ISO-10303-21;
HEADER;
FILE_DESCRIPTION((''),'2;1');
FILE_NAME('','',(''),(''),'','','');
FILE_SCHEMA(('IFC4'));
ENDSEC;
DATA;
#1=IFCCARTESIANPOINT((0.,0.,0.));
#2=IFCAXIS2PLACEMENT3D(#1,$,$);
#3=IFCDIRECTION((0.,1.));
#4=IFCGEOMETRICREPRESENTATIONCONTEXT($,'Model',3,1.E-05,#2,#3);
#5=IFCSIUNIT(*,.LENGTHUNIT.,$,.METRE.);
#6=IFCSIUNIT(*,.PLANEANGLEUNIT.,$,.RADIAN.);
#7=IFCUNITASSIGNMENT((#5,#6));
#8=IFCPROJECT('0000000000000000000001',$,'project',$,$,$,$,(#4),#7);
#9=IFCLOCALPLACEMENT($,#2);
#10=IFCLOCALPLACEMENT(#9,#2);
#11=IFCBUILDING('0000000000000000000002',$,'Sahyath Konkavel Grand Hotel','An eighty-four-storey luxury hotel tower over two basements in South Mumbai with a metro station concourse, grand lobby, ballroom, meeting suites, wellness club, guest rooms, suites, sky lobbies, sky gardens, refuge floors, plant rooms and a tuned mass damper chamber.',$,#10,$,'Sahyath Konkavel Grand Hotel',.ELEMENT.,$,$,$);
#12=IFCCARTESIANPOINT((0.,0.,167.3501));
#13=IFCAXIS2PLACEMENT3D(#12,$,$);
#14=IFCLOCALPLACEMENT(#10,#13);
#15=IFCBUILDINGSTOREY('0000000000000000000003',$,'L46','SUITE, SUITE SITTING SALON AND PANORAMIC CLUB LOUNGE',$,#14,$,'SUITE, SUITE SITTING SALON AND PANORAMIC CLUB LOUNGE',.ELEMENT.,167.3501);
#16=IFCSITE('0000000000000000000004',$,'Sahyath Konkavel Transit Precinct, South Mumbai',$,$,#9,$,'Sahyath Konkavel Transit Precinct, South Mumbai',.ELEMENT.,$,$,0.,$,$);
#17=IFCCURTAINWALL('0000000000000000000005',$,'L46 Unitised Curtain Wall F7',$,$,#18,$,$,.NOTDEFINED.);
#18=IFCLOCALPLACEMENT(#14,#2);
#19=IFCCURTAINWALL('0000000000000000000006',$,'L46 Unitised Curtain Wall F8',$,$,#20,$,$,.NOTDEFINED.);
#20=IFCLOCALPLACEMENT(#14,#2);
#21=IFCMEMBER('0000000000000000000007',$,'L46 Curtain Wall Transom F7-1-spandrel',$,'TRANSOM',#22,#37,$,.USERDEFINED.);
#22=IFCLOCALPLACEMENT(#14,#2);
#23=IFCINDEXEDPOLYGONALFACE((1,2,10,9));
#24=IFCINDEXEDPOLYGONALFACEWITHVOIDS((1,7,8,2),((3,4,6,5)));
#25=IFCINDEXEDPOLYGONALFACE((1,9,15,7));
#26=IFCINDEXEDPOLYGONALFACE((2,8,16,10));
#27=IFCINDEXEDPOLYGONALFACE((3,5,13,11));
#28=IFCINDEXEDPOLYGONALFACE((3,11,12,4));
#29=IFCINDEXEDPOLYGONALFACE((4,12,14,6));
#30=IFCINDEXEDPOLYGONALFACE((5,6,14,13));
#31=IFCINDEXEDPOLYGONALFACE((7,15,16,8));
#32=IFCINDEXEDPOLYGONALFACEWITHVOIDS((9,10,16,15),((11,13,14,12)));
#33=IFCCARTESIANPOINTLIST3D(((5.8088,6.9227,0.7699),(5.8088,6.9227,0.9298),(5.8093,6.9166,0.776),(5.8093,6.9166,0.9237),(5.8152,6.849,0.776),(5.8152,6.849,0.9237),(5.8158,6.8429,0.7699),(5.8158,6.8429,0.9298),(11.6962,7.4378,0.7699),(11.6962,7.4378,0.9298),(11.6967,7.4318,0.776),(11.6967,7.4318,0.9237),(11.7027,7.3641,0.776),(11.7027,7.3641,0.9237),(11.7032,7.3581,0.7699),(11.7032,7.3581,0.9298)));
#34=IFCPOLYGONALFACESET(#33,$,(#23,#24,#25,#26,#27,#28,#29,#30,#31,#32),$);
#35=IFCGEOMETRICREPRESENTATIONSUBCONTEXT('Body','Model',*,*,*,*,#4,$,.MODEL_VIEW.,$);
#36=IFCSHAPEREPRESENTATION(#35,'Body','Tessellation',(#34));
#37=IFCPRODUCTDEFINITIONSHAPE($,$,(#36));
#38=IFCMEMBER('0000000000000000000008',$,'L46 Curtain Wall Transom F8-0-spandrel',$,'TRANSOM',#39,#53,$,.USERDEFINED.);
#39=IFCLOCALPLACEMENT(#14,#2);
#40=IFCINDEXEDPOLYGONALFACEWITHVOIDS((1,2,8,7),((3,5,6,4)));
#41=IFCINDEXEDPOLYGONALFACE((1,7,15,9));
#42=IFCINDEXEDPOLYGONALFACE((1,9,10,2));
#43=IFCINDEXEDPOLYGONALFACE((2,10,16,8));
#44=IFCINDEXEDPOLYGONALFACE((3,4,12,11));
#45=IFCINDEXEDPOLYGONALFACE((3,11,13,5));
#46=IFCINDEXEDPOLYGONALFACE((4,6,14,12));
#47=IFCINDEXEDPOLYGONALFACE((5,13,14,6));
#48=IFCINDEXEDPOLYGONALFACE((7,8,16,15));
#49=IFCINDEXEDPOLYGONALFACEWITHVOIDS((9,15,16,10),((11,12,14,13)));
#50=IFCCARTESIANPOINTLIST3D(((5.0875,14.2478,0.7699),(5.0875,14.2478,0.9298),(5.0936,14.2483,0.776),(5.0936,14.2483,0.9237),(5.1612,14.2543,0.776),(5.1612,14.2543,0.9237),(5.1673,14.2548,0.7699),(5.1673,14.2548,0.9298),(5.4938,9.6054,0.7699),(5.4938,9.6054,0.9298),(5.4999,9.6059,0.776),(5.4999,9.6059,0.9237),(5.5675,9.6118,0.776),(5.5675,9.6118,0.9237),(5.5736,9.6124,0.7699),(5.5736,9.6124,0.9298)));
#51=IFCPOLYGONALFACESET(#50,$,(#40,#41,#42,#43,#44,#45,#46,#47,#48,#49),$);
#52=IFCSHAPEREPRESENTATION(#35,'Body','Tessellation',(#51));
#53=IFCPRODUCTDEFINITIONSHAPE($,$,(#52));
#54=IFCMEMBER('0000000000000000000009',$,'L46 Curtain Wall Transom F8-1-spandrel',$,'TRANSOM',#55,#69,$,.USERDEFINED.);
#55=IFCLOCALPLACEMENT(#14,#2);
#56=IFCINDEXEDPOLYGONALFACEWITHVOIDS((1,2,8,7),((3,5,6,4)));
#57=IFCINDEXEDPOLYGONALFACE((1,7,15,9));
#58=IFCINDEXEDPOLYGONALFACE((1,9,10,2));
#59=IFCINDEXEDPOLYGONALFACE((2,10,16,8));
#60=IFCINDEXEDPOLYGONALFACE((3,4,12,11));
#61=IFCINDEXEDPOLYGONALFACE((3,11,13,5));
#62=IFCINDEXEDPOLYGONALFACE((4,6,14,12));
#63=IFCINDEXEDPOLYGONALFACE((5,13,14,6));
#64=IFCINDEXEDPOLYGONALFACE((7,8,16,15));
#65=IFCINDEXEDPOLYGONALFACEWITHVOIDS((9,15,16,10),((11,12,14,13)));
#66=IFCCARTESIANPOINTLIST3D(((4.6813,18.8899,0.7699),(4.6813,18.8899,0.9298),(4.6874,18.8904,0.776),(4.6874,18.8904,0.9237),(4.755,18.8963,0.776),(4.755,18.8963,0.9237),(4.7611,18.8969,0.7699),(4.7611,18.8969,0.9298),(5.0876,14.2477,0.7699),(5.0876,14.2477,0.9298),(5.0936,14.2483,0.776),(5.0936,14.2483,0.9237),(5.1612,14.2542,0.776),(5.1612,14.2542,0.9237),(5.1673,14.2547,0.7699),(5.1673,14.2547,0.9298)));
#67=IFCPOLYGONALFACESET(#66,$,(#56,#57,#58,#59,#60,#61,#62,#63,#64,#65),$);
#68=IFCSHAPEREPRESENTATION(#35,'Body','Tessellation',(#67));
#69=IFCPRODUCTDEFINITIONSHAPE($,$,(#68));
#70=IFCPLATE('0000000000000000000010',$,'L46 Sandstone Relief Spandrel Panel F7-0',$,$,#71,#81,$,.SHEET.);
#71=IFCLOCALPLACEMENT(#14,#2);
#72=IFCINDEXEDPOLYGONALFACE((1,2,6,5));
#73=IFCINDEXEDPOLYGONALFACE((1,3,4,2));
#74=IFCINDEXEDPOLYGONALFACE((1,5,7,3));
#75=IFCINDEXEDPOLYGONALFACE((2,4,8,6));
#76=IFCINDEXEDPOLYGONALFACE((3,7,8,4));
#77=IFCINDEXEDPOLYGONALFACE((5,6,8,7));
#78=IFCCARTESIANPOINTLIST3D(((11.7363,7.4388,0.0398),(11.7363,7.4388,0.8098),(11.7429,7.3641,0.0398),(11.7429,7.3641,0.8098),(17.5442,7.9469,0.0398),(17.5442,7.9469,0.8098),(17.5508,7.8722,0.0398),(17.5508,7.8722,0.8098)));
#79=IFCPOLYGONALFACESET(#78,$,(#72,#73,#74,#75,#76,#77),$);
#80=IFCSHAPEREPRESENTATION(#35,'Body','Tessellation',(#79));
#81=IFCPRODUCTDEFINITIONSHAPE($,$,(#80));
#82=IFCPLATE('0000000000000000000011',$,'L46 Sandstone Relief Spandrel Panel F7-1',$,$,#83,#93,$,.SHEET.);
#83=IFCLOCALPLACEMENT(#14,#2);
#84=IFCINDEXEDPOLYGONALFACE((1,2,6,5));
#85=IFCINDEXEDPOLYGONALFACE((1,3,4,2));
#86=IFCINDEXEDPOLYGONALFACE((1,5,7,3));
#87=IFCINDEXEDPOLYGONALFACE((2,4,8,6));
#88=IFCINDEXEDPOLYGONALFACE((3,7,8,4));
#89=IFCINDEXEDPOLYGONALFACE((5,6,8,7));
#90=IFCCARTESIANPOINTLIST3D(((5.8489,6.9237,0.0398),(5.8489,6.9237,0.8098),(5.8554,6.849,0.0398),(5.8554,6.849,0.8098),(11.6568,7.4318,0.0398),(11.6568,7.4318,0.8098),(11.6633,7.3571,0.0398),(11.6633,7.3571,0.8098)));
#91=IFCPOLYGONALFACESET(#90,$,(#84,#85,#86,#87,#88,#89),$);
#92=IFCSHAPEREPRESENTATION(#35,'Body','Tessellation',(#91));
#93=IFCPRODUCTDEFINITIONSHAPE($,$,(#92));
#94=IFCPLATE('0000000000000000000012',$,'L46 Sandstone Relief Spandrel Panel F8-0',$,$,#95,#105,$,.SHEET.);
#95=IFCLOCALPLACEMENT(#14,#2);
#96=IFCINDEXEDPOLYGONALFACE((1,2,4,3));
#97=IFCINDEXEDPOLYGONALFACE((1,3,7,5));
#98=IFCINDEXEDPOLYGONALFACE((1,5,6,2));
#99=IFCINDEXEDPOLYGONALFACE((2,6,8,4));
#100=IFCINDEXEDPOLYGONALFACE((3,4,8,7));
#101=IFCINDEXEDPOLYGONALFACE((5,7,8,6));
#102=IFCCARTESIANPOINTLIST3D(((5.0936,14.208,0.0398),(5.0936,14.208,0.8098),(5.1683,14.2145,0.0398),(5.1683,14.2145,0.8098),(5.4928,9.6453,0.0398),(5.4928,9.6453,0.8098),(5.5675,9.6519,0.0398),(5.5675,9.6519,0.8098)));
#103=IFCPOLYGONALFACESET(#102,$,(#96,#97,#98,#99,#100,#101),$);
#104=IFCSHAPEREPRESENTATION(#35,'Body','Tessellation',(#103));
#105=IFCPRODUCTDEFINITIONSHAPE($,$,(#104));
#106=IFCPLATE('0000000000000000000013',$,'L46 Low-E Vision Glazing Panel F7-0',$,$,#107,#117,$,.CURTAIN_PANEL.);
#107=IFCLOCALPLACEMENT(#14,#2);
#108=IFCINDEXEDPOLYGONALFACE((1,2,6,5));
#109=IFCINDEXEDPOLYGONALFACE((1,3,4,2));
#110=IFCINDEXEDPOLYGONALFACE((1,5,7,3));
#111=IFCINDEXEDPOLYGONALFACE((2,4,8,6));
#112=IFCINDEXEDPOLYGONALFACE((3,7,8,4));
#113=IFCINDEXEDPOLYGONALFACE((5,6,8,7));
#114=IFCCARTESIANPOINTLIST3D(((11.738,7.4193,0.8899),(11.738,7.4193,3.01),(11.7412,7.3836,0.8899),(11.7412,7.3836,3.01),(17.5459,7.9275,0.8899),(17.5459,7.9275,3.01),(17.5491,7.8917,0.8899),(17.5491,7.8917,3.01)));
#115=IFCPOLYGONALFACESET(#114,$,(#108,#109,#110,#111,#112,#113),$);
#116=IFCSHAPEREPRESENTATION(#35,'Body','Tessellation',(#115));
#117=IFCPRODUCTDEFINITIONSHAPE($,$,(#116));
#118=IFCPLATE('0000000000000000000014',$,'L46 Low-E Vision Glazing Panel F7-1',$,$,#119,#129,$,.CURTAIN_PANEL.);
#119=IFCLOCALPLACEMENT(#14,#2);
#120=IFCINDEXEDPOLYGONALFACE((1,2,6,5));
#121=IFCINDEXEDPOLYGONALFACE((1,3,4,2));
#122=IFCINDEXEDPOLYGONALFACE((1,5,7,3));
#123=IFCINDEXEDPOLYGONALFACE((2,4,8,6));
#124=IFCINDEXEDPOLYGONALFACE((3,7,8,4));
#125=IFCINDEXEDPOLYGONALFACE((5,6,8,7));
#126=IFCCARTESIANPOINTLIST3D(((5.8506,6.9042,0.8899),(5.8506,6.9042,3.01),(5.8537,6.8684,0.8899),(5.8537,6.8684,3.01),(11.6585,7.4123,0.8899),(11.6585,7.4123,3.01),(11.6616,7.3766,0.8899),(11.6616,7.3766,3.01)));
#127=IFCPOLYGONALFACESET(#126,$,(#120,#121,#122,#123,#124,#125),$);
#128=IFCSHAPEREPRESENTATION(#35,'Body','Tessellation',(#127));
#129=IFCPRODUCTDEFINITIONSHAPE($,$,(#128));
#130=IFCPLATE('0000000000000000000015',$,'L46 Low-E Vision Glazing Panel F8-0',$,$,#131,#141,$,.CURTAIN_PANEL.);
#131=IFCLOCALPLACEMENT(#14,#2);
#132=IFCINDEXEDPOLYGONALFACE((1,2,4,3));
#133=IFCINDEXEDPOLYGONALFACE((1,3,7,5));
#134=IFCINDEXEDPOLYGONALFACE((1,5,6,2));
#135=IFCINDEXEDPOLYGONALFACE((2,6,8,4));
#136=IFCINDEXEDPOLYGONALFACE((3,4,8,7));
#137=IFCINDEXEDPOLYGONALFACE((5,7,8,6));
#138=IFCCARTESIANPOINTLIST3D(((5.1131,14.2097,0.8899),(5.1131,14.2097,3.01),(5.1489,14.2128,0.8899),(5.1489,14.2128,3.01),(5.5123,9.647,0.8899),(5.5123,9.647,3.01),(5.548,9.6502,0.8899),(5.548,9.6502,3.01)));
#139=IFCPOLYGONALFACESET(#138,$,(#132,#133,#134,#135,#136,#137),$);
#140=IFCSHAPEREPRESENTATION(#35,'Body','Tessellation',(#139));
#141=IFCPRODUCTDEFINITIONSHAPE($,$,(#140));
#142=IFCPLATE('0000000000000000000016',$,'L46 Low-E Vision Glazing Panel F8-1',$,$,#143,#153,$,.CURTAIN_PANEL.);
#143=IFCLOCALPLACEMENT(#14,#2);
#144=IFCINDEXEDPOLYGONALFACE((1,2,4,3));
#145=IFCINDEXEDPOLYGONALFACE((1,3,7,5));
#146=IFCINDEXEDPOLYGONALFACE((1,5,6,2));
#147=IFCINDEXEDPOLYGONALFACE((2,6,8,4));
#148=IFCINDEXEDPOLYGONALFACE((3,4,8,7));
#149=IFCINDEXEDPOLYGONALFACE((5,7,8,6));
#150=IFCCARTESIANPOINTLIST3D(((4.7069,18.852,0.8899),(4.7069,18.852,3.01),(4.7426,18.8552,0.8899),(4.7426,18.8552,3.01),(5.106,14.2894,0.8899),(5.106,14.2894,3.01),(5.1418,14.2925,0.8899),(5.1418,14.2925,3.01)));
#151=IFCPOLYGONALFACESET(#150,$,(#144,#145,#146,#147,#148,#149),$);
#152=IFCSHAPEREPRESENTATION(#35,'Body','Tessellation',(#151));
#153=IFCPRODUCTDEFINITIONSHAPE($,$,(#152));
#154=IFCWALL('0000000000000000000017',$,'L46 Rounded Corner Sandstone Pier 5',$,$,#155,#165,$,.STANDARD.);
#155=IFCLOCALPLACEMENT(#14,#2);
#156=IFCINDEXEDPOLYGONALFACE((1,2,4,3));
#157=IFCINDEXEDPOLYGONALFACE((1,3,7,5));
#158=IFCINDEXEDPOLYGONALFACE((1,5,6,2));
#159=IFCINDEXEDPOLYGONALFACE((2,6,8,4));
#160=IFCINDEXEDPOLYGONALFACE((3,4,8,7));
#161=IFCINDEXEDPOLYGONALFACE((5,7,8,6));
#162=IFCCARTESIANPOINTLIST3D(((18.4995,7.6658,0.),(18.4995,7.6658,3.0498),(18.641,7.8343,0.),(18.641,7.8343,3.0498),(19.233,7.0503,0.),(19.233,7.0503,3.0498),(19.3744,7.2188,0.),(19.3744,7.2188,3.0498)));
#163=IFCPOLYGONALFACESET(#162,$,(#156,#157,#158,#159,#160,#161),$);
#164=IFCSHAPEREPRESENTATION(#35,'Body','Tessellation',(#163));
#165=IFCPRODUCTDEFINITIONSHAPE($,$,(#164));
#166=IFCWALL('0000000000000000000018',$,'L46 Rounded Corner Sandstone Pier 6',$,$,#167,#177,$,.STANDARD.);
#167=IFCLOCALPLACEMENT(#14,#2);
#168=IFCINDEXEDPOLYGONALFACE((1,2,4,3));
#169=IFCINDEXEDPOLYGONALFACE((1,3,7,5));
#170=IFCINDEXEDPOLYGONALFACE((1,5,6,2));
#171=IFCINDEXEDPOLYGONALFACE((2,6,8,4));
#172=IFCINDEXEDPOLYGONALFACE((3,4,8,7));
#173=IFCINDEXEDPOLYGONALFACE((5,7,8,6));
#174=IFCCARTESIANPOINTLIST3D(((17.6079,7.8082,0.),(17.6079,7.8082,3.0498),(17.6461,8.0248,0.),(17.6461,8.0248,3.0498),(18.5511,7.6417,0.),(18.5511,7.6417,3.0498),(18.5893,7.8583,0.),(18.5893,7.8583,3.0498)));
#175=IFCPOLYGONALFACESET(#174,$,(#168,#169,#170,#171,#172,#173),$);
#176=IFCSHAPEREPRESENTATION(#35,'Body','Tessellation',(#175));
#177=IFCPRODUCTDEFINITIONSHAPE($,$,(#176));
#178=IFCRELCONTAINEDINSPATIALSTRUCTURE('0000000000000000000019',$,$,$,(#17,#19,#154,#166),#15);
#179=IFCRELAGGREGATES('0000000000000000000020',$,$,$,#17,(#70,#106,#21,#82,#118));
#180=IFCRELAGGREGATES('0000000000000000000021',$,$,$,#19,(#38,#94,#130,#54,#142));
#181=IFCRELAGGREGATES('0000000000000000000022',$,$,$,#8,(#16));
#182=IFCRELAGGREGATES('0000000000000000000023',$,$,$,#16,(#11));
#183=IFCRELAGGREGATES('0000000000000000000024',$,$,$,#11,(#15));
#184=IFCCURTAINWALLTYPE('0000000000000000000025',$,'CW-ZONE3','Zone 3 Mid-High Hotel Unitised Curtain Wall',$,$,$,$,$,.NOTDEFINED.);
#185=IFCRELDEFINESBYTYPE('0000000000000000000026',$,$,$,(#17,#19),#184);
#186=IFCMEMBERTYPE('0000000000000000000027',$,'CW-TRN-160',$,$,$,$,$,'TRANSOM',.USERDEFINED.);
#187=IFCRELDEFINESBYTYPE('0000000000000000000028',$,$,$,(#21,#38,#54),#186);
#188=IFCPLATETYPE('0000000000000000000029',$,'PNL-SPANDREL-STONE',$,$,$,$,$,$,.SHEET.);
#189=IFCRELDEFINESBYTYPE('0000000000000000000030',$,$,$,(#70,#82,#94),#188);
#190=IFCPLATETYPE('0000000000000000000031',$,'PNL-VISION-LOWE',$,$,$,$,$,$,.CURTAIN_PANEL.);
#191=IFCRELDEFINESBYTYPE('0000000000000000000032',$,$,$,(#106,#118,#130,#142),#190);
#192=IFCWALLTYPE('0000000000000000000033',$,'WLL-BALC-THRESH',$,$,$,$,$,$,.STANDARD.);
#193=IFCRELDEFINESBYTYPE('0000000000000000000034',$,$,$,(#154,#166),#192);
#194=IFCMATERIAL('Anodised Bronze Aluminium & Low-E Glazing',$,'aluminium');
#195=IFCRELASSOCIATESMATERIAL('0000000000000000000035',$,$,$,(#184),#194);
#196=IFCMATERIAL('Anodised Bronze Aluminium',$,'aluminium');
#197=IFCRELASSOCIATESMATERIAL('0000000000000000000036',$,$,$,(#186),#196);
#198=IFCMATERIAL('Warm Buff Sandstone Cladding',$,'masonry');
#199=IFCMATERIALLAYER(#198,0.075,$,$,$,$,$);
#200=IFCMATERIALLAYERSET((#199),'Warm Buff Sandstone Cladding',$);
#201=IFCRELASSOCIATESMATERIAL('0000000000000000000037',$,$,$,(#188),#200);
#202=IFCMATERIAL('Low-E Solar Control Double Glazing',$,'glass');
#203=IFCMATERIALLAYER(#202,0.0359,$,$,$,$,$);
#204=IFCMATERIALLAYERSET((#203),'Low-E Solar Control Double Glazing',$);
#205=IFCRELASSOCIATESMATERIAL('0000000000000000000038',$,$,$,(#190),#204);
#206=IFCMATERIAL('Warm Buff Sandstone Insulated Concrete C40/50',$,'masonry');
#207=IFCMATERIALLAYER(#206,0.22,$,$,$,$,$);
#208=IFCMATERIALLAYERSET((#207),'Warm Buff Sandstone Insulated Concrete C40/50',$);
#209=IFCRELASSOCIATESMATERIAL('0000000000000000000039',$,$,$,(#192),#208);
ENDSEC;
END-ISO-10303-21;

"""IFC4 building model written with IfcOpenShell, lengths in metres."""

from ifc_helpers import new_model, si_unit, direction, frame, frame_2d, origin, origin_2d, place, context, subcontext, project, spatial, rectangle, hollow_rectangle, extrude, source, transform, mapped, material, layer, layer_set, material_profile, profile_set, type_object, element, aggregate, save


model = new_model("IFC4")

# Units and contexts
model_context = context("Model", 3, precision=1e-05, world=origin(), true_north=direction((0.0, 1.0)))
body_context = subcontext(model_context, "Body", "Model", "MODEL_VIEW")
ifc_project = project(units=[si_unit("LENGTHUNIT", "METRE"), si_unit("PLANEANGLEUNIT", "RADIAN")], contexts=[model_context])

# Site, building, storey
site_placement = place(None, origin())
site = spatial("IfcSite", under=ifc_project, at=site_placement, Name="Sahyath Konkavel Transit Precinct, South Mumbai", LongName="Sahyath Konkavel Transit Precinct, South Mumbai", CompositionType="ELEMENT", RefElevation=0.0)
building_placement = place(site_placement, origin())
building = spatial("IfcBuilding", under=site, at=building_placement, Name="Sahyath Konkavel Grand Hotel", Description="An eighty-four-storey luxury hotel tower over two basements in South Mumbai with a metro station concourse, grand lobby, ballroom, meeting suites, wellness club, guest rooms, suites, sky lobbies, sky gardens, refuge floors, plant rooms and a tuned mass damper chamber.", LongName="Sahyath Konkavel Grand Hotel", CompositionType="ELEMENT")
storey_placement = place(building_placement, frame((0.0, 0.0, 167.3501)))
storey = spatial("IfcBuildingStorey", under=building, at=storey_placement, Name="L46", Description="SUITE, SUITE SITTING SALON AND PANORAMIC CLUB LOUNGE", LongName="SUITE, SUITE SITTING SALON AND PANORAMIC CLUB LOUNGE", CompositionType="ELEMENT", Elevation=167.3501)

# Shared definitions
ifc_material_1 = material(Name="Anodised Bronze Aluminium & Low-E Glazing", Category="aluminium")
curtain_wall_type = type_object("IfcCurtainWallType", Name="CW-ZONE3", Description="Zone 3 Mid-High Hotel Unitised Curtain Wall", PredefinedType="NOTDEFINED", material=ifc_material_1)
ifc_material_2 = material(Name="Anodised Bronze Aluminium", Category="aluminium")

# Curtain walls
curtain_wall_1_placement = place(storey_placement, origin())
curtain_wall_1 = element("IfcCurtainWall", 1, at=curtain_wall_1_placement, inside=storey, type_object=curtain_wall_type, Name="L46 Unitised Curtain Wall F7", PredefinedType="NOTDEFINED")
curtain_wall_2_placement = place(storey_placement, origin())
curtain_wall_2 = element("IfcCurtainWall", 2, at=curtain_wall_2_placement, inside=storey, type_object=curtain_wall_type, Name="L46 Unitised Curtain Wall F8", PredefinedType="NOTDEFINED")

# Members
ifc_material_profile_1 = material_profile(ifc_material_2, hollow_rectangle(XDim=0.0801, YDim=0.1599, WallThickness=0.0061, at=origin_2d()), Name="RHS 160x80x6")
ifc_profile_set_1 = profile_set([ifc_material_profile_1], Name="Anodised Bronze Aluminium")
member_type_1 = type_object("IfcMemberType", Name="CW-TRN-160", ElementType="TRANSOM", PredefinedType="USERDEFINED", material=ifc_profile_set_1)
shared_shape_1 = source(origin(), body_context, "Body", "SweptSolid", [
    extrude(hollow_rectangle(XDim=0.0801, YDim=0.1599, WallThickness=0.0061, at=origin_2d()), origin(), (0.0, 0.0, 1.0), 5.9099),
])
member_1_placement = place(storey_placement, frame((11.6997, 7.3979, 0.8499), z_axis=(-0.996194, -0.087164, 0.0), x_axis=(0.087164, -0.996194, 0.0)))
member_1 = element("IfcMember", 3, at=member_1_placement, type_object=member_type_1, Name="L46 Curtain Wall Transom F7-1-spandrel", ObjectType="TRANSOM", PredefinedType="USERDEFINED", context=body_context, shape_type="MappedRepresentation", body=[
    mapped(shared_shape_1, transform((0.0, 0.0, 0.0), scale=1.0)),
])
shared_shape_2 = source(origin(), body_context, "Body", "SweptSolid", [
    extrude(hollow_rectangle(XDim=0.0801, YDim=0.1599, WallThickness=0.0061, at=origin_2d()), origin(), (0.0, 0.0, 1.0), 4.6602),
])
member_2_placement = place(storey_placement, frame((5.5337, 9.6089, 0.8499), z_axis=(-0.087177, 0.996193, 0.0), x_axis=(-0.996193, -0.087177, 0.0)))
member_2 = element("IfcMember", 4, at=member_2_placement, type_object=member_type_1, Name="L46 Curtain Wall Transom F8-0-spandrel", ObjectType="TRANSOM", PredefinedType="USERDEFINED", context=body_context, shape_type="MappedRepresentation", body=[
    mapped(shared_shape_2, transform((0.0, 0.0, 0.0), scale=1.0)),
])
shared_shape_3 = source(origin(), body_context, "Body", "SweptSolid", [
    extrude(hollow_rectangle(XDim=0.0801, YDim=0.1599, WallThickness=0.0061, at=origin_2d()), origin(), (0.0, 0.0, 1.0), 4.6599),
])
member_3_placement = place(storey_placement, frame((5.1274, 14.2512, 0.8499), z_axis=(-0.087181, 0.996192, 0.0), x_axis=(-0.996192, -0.087181, 0.0)))
member_3 = element("IfcMember", 5, at=member_3_placement, type_object=member_type_1, Name="L46 Curtain Wall Transom F8-1-spandrel", ObjectType="TRANSOM", PredefinedType="USERDEFINED", context=body_context, shape_type="MappedRepresentation", body=[
    mapped(shared_shape_3, transform((0.0, 0.0, 0.0), scale=1.0)),
])

# Plates
ifc_material_3 = material(Name="Warm Buff Sandstone Cladding", Category="masonry")
ifc_layer_1 = layer(ifc_material_3, 0.075)
ifc_layer_set_1 = layer_set([ifc_layer_1], Name="Warm Buff Sandstone Cladding")
plate_type_1 = type_object("IfcPlateType", Name="PNL-SPANDREL-STONE", PredefinedType="SHEET", material=ifc_layer_set_1)
shared_shape_4 = source(origin(), body_context, "Body", "SweptSolid", [
    extrude(rectangle(XDim=5.8301, YDim=0.075, at=origin_2d()), origin(), (0.0, 0.0, 1.0), 0.77),
])
plate_1_placement = place(storey_placement, frame((14.6436, 7.6555, 0.0398), z_axis=(0.0, 0.0, 1.0), x_axis=(-0.996195, -0.087156, 0.0)))
plate_1 = element("IfcPlate", 6, at=plate_1_placement, type_object=plate_type_1, Name="L46 Sandstone Relief Spandrel Panel F7-0", PredefinedType="SHEET", context=body_context, shape_type="MappedRepresentation", body=[
    mapped(shared_shape_4, transform((0.0, 0.0, 0.0), scale=1.0)),
])
plate_2_placement = place(storey_placement, frame((8.7561, 7.1404, 0.0398), z_axis=(0.0, 0.0, 1.0), x_axis=(-0.996195, -0.087156, 0.0)))
plate_2 = element("IfcPlate", 7, at=plate_2_placement, type_object=plate_type_1, Name="L46 Sandstone Relief Spandrel Panel F7-1", PredefinedType="SHEET", context=body_context, shape_type="MappedRepresentation", body=[
    mapped(shared_shape_4, transform((0.0, 0.0, 0.0), scale=1.0)),
])
shared_shape_5 = source(origin(), body_context, "Body", "SweptSolid", [
    extrude(rectangle(XDim=4.5801, YDim=0.075, at=origin_2d()), origin(), (0.0, 0.0, 1.0), 0.77),
])
plate_3_placement = place(storey_placement, frame((5.3306, 11.9299, 0.0398), z_axis=(0.0, 0.0, 1.0), x_axis=(-0.087156, 0.996195, 0.0)))
plate_3 = element("IfcPlate", 8, at=plate_3_placement, type_object=plate_type_1, Name="L46 Sandstone Relief Spandrel Panel F8-0", PredefinedType="SHEET", context=body_context, shape_type="MappedRepresentation", body=[
    mapped(shared_shape_5, transform((0.0, 0.0, 0.0), scale=1.0)),
])
ifc_material_4 = material(Name="Low-E Solar Control Double Glazing", Category="glass")
ifc_layer_2 = layer(ifc_material_4, 0.0359)
ifc_layer_set_2 = layer_set([ifc_layer_2], Name="Low-E Solar Control Double Glazing")
plate_type_2 = type_object("IfcPlateType", Name="PNL-VISION-LOWE", PredefinedType="CURTAIN_PANEL", material=ifc_layer_set_2)
shared_shape_6 = source(origin(), body_context, "Body", "SweptSolid", [
    extrude(rectangle(XDim=5.8301, YDim=0.0359, at=origin_2d()), origin(), (0.0, 0.0, 1.0), 2.1201),
])
plate_4_placement = place(storey_placement, frame((14.6436, 7.6555, 0.8899), z_axis=(0.0, 0.0, 1.0), x_axis=(-0.996195, -0.087156, 0.0)))
plate_4 = element("IfcPlate", 9, at=plate_4_placement, type_object=plate_type_2, Name="L46 Low-E Vision Glazing Panel F7-0", PredefinedType="CURTAIN_PANEL", context=body_context, shape_type="MappedRepresentation", body=[
    mapped(shared_shape_6, transform((0.0, 0.0, 0.0), scale=1.0)),
])
plate_5_placement = place(storey_placement, frame((8.7561, 7.1404, 0.8899), z_axis=(0.0, 0.0, 1.0), x_axis=(-0.996195, -0.087156, 0.0)))
plate_5 = element("IfcPlate", 10, at=plate_5_placement, type_object=plate_type_2, Name="L46 Low-E Vision Glazing Panel F7-1", PredefinedType="CURTAIN_PANEL", context=body_context, shape_type="MappedRepresentation", body=[
    mapped(shared_shape_6, transform((0.0, 0.0, 0.0), scale=1.0)),
])
aggregate(curtain_wall_1, [plate_1, plate_4, member_1, plate_2, plate_5])
shared_shape_7 = source(origin(), body_context, "Body", "SweptSolid", [
    extrude(rectangle(XDim=4.5801, YDim=0.0359, at=origin_2d()), origin(), (0.0, 0.0, 1.0), 2.1201),
])
plate_6_placement = place(storey_placement, frame((5.3306, 11.9299, 0.8899), z_axis=(0.0, 0.0, 1.0), x_axis=(-0.087156, 0.996195, 0.0)))
plate_6 = element("IfcPlate", 11, at=plate_6_placement, type_object=plate_type_2, Name="L46 Low-E Vision Glazing Panel F8-0", PredefinedType="CURTAIN_PANEL", context=body_context, shape_type="MappedRepresentation", body=[
    mapped(shared_shape_7, transform((0.0, 0.0, 0.0), scale=1.0)),
])
plate_7_placement = place(storey_placement, frame((4.9243, 16.5723, 0.8899), z_axis=(0.0, 0.0, 1.0), x_axis=(-0.087156, 0.996195, 0.0)))
plate_7 = element("IfcPlate", 12, at=plate_7_placement, type_object=plate_type_2, Name="L46 Low-E Vision Glazing Panel F8-1", PredefinedType="CURTAIN_PANEL", context=body_context, shape_type="MappedRepresentation", body=[
    mapped(shared_shape_7, transform((0.0, 0.0, 0.0), scale=1.0)),
])
aggregate(curtain_wall_2, [member_2, plate_3, plate_6, member_3, plate_7])

# Walls
ifc_material_5 = material(Name="Warm Buff Sandstone Insulated Concrete C40/50", Category="masonry")
ifc_layer_3 = layer(ifc_material_5, 0.22)
ifc_layer_set_3 = layer_set([ifc_layer_3], Name="Warm Buff Sandstone Insulated Concrete C40/50")
wall_type = type_object("IfcWallType", Name="WLL-BALC-THRESH", PredefinedType="STANDARD", material=ifc_layer_set_3)
wall_1_placement = place(storey_placement, frame((19.3037, 7.1345, 0.0), z_axis=(0.0, 0.0, 1.0), x_axis=(-0.766001, 0.642839, 0.0)))
element("IfcWall", 13, at=wall_1_placement, inside=storey, type_object=wall_type, Name="L46 Rounded Corner Sandstone Pier 5", PredefinedType="STANDARD", context=body_context, shape_type="SweptSolid", body=[
    extrude(rectangle(XDim=0.9575, YDim=0.22, at=frame_2d((0.4788, 0.0))), origin(), (0.0, 0.0, 1.0), 3.0498),
])
wall_2_placement = place(storey_placement, frame((18.5703, 7.75, 0.0), z_axis=(0.0, 0.0, 1.0), x_axis=(-0.984771, 0.173858, 0.0)))
element("IfcWall", 14, at=wall_2_placement, inside=storey, type_object=wall_type, Name="L46 Rounded Corner Sandstone Pier 6", PredefinedType="STANDARD", context=body_context, shape_type="SweptSolid", body=[
    extrude(rectangle(XDim=0.9578, YDim=0.22, at=frame_2d((0.479, 0.0))), origin(), (0.0, 0.0, 1.0), 3.0498),
])

save(model, "model.ifc")
